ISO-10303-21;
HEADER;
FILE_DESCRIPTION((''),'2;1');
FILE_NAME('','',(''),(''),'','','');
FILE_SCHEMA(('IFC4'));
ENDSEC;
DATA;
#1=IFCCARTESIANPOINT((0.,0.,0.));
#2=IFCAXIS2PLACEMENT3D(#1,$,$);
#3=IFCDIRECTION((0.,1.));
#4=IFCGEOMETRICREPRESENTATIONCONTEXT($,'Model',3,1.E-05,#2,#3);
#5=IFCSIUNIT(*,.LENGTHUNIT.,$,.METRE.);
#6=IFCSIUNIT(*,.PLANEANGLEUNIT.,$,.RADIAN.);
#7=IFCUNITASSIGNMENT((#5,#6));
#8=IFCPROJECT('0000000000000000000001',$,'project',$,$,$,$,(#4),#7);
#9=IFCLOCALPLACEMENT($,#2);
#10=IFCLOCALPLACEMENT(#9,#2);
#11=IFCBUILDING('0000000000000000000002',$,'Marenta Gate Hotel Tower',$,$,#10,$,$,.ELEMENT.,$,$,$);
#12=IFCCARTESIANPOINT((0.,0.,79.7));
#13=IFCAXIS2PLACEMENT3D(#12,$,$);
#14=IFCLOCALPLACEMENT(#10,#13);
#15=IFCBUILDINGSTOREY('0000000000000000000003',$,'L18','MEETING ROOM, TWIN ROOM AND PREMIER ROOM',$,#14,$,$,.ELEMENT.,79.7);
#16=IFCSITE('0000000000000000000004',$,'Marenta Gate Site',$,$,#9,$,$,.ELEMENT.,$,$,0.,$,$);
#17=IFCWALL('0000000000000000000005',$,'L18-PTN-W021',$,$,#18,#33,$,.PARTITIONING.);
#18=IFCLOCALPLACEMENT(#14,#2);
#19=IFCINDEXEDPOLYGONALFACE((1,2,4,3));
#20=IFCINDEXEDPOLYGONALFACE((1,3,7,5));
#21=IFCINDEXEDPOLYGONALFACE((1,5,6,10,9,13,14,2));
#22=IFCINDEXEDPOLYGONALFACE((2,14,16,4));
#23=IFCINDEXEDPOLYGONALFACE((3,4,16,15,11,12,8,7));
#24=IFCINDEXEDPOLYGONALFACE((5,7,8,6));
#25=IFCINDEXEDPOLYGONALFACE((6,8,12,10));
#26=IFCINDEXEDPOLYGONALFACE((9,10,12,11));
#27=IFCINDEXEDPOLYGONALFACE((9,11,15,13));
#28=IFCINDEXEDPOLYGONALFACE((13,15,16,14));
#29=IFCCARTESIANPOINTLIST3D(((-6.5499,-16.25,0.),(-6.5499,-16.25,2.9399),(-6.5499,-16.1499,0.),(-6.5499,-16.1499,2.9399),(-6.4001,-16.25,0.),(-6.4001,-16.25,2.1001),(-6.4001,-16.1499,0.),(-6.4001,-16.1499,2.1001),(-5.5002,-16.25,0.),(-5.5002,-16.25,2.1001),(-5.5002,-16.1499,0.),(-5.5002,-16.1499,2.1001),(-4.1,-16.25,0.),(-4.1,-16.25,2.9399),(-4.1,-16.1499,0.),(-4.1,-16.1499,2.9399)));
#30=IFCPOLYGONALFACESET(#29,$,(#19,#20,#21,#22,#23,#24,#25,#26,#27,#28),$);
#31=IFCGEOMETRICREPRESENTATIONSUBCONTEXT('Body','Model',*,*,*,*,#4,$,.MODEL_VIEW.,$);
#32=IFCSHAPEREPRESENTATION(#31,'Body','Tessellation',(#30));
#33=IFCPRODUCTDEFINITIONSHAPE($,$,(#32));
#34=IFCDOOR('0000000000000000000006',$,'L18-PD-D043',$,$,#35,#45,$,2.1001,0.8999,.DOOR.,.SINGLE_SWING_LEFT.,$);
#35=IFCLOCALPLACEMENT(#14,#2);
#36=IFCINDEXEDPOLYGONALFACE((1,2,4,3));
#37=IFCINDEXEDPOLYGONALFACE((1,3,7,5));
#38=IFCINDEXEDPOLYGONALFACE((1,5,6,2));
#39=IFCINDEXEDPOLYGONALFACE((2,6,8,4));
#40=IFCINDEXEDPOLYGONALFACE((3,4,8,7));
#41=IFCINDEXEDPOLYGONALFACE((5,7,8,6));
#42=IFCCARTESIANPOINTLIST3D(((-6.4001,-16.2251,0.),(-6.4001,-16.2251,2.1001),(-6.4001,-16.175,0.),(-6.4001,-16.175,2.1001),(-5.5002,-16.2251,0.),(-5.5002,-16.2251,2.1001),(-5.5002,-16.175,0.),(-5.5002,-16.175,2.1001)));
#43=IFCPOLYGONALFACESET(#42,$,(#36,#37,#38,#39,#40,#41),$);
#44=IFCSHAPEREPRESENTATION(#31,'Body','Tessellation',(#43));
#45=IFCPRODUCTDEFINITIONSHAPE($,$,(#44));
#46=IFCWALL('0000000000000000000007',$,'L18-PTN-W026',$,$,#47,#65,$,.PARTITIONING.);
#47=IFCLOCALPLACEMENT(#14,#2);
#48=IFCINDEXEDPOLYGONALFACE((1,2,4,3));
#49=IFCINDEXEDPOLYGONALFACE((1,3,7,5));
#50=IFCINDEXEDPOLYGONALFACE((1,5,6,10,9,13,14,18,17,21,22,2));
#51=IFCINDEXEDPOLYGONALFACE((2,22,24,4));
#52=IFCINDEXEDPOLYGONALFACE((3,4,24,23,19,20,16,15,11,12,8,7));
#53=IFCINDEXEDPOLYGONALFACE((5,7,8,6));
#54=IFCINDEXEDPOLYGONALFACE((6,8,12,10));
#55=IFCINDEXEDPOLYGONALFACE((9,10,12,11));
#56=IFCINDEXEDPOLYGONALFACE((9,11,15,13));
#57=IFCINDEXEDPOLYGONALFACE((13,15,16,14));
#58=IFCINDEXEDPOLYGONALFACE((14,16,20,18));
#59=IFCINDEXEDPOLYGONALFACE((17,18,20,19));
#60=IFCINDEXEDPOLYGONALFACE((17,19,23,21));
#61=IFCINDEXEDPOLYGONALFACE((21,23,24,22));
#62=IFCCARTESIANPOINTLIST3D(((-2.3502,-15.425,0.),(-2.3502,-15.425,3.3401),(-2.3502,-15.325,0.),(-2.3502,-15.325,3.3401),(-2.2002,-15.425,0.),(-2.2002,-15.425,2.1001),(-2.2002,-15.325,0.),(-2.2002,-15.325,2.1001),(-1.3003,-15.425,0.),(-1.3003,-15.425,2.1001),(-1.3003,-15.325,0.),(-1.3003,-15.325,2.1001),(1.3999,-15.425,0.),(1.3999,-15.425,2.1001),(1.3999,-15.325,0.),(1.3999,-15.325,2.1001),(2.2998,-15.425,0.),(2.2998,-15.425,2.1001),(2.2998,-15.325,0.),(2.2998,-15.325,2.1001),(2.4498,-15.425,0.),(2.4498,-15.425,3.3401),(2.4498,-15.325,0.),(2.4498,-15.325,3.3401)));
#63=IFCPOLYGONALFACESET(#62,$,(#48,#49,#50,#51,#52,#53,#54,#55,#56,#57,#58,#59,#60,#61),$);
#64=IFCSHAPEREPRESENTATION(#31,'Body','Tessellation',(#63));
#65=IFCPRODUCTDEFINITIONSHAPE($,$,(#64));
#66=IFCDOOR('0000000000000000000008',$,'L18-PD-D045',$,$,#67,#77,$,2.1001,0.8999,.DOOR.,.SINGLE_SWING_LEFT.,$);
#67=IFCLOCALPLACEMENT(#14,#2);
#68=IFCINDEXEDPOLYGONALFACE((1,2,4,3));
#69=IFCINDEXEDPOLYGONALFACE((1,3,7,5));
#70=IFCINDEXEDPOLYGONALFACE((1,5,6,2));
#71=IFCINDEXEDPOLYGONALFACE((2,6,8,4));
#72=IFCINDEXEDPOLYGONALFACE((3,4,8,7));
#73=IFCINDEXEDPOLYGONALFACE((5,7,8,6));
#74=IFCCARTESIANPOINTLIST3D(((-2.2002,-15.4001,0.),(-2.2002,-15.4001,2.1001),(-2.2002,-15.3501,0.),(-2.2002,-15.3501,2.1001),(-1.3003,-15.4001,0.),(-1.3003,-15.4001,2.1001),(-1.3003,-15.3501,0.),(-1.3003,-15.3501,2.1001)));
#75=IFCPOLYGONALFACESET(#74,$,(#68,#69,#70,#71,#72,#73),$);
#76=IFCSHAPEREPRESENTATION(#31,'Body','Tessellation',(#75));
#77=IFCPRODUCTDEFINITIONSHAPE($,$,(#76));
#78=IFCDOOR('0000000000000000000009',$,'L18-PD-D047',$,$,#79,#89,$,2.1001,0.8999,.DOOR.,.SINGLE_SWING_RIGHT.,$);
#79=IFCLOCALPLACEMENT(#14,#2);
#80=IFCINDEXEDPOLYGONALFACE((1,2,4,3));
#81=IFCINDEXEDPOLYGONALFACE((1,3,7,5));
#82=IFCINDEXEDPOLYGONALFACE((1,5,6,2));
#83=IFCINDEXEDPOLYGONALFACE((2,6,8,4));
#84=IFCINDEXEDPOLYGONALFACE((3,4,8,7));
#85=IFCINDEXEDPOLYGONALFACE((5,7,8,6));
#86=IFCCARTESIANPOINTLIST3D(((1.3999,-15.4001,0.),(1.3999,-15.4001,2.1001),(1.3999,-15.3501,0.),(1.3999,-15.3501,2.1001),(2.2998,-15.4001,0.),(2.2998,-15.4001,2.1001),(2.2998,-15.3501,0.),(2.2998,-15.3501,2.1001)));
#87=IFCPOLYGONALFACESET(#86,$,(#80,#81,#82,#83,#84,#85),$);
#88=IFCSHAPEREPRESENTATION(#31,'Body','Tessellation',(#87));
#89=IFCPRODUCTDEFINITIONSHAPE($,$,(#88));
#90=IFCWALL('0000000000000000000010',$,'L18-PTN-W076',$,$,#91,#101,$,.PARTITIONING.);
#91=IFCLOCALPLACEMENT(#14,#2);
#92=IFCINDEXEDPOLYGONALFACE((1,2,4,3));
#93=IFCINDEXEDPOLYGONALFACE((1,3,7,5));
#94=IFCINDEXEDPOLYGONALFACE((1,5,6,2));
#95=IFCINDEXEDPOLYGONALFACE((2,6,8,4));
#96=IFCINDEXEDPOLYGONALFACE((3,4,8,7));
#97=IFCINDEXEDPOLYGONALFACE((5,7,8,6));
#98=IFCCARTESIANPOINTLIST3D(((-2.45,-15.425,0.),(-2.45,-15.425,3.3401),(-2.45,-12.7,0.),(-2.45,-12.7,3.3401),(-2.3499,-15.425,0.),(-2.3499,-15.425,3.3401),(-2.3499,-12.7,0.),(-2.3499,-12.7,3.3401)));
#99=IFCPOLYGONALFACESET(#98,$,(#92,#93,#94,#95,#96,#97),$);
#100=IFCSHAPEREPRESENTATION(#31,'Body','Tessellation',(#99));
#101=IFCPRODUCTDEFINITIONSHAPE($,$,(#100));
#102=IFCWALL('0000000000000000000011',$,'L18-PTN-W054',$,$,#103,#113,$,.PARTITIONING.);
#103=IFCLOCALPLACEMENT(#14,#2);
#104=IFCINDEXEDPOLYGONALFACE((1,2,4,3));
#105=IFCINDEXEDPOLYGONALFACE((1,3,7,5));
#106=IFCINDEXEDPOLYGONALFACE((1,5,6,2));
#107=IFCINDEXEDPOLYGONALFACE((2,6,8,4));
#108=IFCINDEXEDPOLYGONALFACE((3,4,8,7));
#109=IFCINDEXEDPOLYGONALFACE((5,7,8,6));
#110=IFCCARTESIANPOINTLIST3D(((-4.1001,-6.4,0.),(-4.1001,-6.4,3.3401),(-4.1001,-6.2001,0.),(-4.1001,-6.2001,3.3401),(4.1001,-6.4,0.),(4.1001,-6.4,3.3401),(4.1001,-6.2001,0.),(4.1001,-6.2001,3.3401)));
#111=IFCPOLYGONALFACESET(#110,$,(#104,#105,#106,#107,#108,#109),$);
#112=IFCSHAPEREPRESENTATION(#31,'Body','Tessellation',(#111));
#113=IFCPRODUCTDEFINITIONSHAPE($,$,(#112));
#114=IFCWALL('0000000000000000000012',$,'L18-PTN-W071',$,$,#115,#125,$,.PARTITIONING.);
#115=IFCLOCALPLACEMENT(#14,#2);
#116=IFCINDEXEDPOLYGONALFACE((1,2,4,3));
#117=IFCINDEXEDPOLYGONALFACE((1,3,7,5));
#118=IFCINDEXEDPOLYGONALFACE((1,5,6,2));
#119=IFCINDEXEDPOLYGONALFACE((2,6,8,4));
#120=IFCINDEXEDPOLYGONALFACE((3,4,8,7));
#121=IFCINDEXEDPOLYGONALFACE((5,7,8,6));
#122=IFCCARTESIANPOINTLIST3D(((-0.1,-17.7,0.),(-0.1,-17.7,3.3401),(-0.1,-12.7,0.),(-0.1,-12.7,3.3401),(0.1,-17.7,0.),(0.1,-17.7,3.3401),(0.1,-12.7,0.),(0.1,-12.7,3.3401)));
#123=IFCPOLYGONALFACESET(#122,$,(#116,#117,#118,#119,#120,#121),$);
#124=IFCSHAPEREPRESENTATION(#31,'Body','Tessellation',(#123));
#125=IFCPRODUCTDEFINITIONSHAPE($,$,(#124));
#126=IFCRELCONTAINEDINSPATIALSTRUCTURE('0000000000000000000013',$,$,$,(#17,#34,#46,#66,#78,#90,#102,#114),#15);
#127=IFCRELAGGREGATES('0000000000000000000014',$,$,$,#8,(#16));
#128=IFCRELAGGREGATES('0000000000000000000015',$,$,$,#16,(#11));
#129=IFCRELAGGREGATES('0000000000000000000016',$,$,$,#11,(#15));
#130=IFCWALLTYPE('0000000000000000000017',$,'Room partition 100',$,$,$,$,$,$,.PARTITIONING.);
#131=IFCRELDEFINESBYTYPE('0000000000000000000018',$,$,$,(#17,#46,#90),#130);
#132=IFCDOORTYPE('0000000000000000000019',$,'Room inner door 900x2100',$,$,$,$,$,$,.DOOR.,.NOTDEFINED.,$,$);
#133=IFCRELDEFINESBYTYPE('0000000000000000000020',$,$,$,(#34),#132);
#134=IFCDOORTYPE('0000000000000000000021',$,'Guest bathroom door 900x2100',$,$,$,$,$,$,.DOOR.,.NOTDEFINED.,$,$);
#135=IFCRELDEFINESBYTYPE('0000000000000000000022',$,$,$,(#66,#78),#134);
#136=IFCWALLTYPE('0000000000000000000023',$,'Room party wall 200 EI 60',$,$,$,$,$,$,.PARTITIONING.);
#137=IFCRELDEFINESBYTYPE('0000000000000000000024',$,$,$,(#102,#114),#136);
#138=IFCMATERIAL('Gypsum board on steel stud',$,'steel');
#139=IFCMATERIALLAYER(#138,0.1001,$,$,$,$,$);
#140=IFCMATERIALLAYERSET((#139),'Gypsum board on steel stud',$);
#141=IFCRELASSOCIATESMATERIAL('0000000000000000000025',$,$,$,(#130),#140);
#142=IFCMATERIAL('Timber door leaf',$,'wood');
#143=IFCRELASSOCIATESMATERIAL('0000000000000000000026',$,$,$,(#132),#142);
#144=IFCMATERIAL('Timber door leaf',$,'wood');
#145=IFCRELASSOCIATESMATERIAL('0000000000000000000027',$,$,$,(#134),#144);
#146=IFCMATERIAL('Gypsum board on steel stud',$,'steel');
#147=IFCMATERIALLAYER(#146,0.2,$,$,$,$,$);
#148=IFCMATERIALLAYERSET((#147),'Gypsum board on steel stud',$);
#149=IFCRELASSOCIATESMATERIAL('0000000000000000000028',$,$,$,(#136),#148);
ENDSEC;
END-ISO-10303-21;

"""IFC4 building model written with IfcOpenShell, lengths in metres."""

from ifc_helpers import new_model, si_unit, direction, frame, frame_2d, origin, place, context, subcontext, project, spatial, rectangle, extrude, material, layer, layer_set, type_object, element, fill, save


model = new_model("IFC4")

# Units and contexts
model_context = context("Model", 3, precision=1e-05, world=origin(), true_north=direction((0.0, 1.0)))
body_context = subcontext(model_context, "Body", "Model", "MODEL_VIEW")
ifc_project = project(units=[si_unit("LENGTHUNIT", "METRE"), si_unit("PLANEANGLEUNIT", "RADIAN")], contexts=[model_context])

# Site, building, storey
site_placement = place(None, origin())
site = spatial("IfcSite", under=ifc_project, at=site_placement, Name="Marenta Gate Site", CompositionType="ELEMENT", RefElevation=0.0)
building_placement = place(site_placement, origin())
building = spatial("IfcBuilding", under=site, at=building_placement, Name="Marenta Gate Hotel Tower", CompositionType="ELEMENT")
storey_placement = place(building_placement, frame((0.0, 0.0, 79.7)))
storey = spatial("IfcBuildingStorey", under=building, at=storey_placement, Name="L18", Description="MEETING ROOM, TWIN ROOM AND PREMIER ROOM", CompositionType="ELEMENT", Elevation=79.7)

# Wall, opening, door
ifc_material_1 = material(Name="Gypsum board on steel stud", Category="steel")
ifc_layer_1 = layer(ifc_material_1, 0.1001)
ifc_layer_set_1 = layer_set([ifc_layer_1], Name="Gypsum board on steel stud")
wall_type_1 = type_object("IfcWallType", Name="Room partition 100", PredefinedType="PARTITIONING", material=ifc_layer_set_1)
wall_1_placement = place(storey_placement, frame((-6.55, -16.2, 0.0), z_axis=(0.0, 0.0, 1.0), x_axis=(1.0, 0.0, 0.0)))
wall_1 = element("IfcWall", 1, at=wall_1_placement, inside=storey, type_object=wall_type_1, Name="L18-PTN-W021", PredefinedType="PARTITIONING", context=body_context, shape_type="SweptSolid", body=[
    extrude(rectangle(XDim=2.45, YDim=0.1001, at=frame_2d((1.2251, 0.0))), origin(), (0.0, 0.0, 1.0), 2.9399),
])
opening_1_placement = place(wall_1_placement, frame((0.1499, 0.0, 0.0)))
opening_1 = element("IfcOpeningElement", 2, at=opening_1_placement, cuts=wall_1, PredefinedType="OPENING", context=body_context, shape_type="SweptSolid", body=[
    extrude(rectangle(XDim=0.8999, YDim=2.1001, at=frame_2d((0.45, 1.05))), frame((0.0, 0.05, 0.0), z_axis=(0.0, -1.0, 0.0), x_axis=(1.0, 0.0, 0.0)), (0.0, 0.0, 1.0), 0.1001),
])
ifc_material_2 = material(Name="Timber door leaf", Category="wood")
door_type_1 = type_object("IfcDoorType", Name="Room inner door 900x2100", OperationType="NOTDEFINED", PredefinedType="DOOR", material=ifc_material_2)
door_1_placement = place(opening_1_placement, origin())
door_1 = element("IfcDoor", 3, at=door_1_placement, inside=storey, type_object=door_type_1, Name="L18-PD-D043", OperationType="SINGLE_SWING_LEFT", OverallHeight=2.1001, OverallWidth=0.8999, PredefinedType="DOOR", context=body_context, shape_type="SweptSolid", body=[
    extrude(rectangle(XDim=0.8999, YDim=2.1001, at=frame_2d((0.45, 1.05))), frame((0.0, 0.0249, 0.0), z_axis=(0.0, -1.0, 0.0), x_axis=(1.0, 0.0, 0.0)), (0.0, 0.0, 1.0), 0.05),
])
fill(opening_1, door_1)

# Wall, openings, doors
wall_2_placement = place(storey_placement, frame((-2.3501, -15.375, 0.0), z_axis=(0.0, 0.0, 1.0), x_axis=(1.0, 0.0, 0.0)))
wall_2 = element("IfcWall", 4, at=wall_2_placement, inside=storey, type_object=wall_type_1, Name="L18-PTN-W026", PredefinedType="PARTITIONING", context=body_context, shape_type="SweptSolid", body=[
    extrude(rectangle(XDim=4.8, YDim=0.1001, at=frame_2d((2.3999, 0.0))), origin(), (0.0, 0.0, 1.0), 3.3401),
])
opening_2_placement = place(wall_2_placement, frame((0.1499, 0.0, 0.0)))
opening_2 = element("IfcOpeningElement", 5, at=opening_2_placement, cuts=wall_2, PredefinedType="OPENING", context=body_context, shape_type="SweptSolid", body=[
    extrude(rectangle(XDim=0.8999, YDim=2.1001, at=frame_2d((0.45, 1.05))), frame((0.0, 0.05, 0.0), z_axis=(0.0, -1.0, 0.0), x_axis=(1.0, 0.0, 0.0)), (0.0, 0.0, 1.0), 0.1001),
])
opening_3_placement = place(wall_2_placement, frame((3.75, 0.0, 0.0)))
opening_3 = element("IfcOpeningElement", 6, at=opening_3_placement, cuts=wall_2, PredefinedType="OPENING", context=body_context, shape_type="SweptSolid", body=[
    extrude(rectangle(XDim=0.8999, YDim=2.1001, at=frame_2d((0.45, 1.05))), frame((0.0, 0.05, 0.0), z_axis=(0.0, -1.0, 0.0), x_axis=(1.0, 0.0, 0.0)), (0.0, 0.0, 1.0), 0.1001),
])
ifc_material_3 = material(Name="Timber door leaf", Category="wood")
door_type_2 = type_object("IfcDoorType", Name="Guest bathroom door 900x2100", OperationType="NOTDEFINED", PredefinedType="DOOR", material=ifc_material_3)
door_2_placement = place(opening_2_placement, origin())
door_2 = element("IfcDoor", 7, at=door_2_placement, inside=storey, type_object=door_type_2, Name="L18-PD-D045", OperationType="SINGLE_SWING_LEFT", OverallHeight=2.1001, OverallWidth=0.8999, PredefinedType="DOOR", context=body_context, shape_type="SweptSolid", body=[
    extrude(rectangle(XDim=0.8999, YDim=2.1001, at=frame_2d((0.45, 1.05))), frame((0.0, 0.0249, 0.0), z_axis=(0.0, -1.0, 0.0), x_axis=(1.0, 0.0, 0.0)), (0.0, 0.0, 1.0), 0.05),
])
fill(opening_2, door_2)
door_3_placement = place(opening_3_placement, origin())
door_3 = element("IfcDoor", 8, at=door_3_placement, inside=storey, type_object=door_type_2, Name="L18-PD-D047", OperationType="SINGLE_SWING_RIGHT", OverallHeight=2.1001, OverallWidth=0.8999, PredefinedType="DOOR", context=body_context, shape_type="SweptSolid", body=[
    extrude(rectangle(XDim=0.8999, YDim=2.1001, at=frame_2d((0.45, 1.05))), frame((0.0, 0.0249, 0.0), z_axis=(0.0, -1.0, 0.0), x_axis=(1.0, 0.0, 0.0)), (0.0, 0.0, 1.0), 0.05),
])
fill(opening_3, door_3)

# Walls
wall_3_placement = place(storey_placement, frame((-2.3999, -15.425, 0.0), z_axis=(0.0, 0.0, 1.0), x_axis=(0.0, 1.0, 0.0)))
element("IfcWall", 9, at=wall_3_placement, inside=storey, type_object=wall_type_1, Name="L18-PTN-W076", PredefinedType="PARTITIONING", context=body_context, shape_type="SweptSolid", body=[
    extrude(rectangle(XDim=2.7251, YDim=0.1001, at=frame_2d((1.3625, 0.0))), origin(), (0.0, 0.0, 1.0), 3.3401),
])
ifc_material_4 = material(Name="Gypsum board on steel stud", Category="steel")
ifc_layer_2 = layer(ifc_material_4, 0.2)
ifc_layer_set_2 = layer_set([ifc_layer_2], Name="Gypsum board on steel stud")
wall_type_2 = type_object("IfcWallType", Name="Room party wall 200 EI 60", PredefinedType="PARTITIONING", material=ifc_layer_set_2)
wall_4_placement = place(storey_placement, frame((-4.1001, -6.3, 0.0), z_axis=(0.0, 0.0, 1.0), x_axis=(1.0, 0.0, 0.0)))
element("IfcWall", 10, at=wall_4_placement, inside=storey, type_object=wall_type_2, Name="L18-PTN-W054", PredefinedType="PARTITIONING", context=body_context, shape_type="SweptSolid", body=[
    extrude(rectangle(XDim=8.2002, YDim=0.2, at=frame_2d((4.1001, 0.0))), origin(), (0.0, 0.0, 1.0), 3.3401),
])
wall_5_placement = place(storey_placement, frame((0.0, -17.7, 0.0), z_axis=(0.0, 0.0, 1.0), x_axis=(0.0, 1.0, 0.0)))
element("IfcWall", 11, at=wall_5_placement, inside=storey, type_object=wall_type_2, Name="L18-PTN-W071", PredefinedType="PARTITIONING", context=body_context, shape_type="SweptSolid", body=[
    extrude(rectangle(XDim=5.0, YDim=0.2, at=frame_2d((2.5, 0.0))), origin(), (0.0, 0.0, 1.0), 3.3401),
])

save(model, "model.ifc")
